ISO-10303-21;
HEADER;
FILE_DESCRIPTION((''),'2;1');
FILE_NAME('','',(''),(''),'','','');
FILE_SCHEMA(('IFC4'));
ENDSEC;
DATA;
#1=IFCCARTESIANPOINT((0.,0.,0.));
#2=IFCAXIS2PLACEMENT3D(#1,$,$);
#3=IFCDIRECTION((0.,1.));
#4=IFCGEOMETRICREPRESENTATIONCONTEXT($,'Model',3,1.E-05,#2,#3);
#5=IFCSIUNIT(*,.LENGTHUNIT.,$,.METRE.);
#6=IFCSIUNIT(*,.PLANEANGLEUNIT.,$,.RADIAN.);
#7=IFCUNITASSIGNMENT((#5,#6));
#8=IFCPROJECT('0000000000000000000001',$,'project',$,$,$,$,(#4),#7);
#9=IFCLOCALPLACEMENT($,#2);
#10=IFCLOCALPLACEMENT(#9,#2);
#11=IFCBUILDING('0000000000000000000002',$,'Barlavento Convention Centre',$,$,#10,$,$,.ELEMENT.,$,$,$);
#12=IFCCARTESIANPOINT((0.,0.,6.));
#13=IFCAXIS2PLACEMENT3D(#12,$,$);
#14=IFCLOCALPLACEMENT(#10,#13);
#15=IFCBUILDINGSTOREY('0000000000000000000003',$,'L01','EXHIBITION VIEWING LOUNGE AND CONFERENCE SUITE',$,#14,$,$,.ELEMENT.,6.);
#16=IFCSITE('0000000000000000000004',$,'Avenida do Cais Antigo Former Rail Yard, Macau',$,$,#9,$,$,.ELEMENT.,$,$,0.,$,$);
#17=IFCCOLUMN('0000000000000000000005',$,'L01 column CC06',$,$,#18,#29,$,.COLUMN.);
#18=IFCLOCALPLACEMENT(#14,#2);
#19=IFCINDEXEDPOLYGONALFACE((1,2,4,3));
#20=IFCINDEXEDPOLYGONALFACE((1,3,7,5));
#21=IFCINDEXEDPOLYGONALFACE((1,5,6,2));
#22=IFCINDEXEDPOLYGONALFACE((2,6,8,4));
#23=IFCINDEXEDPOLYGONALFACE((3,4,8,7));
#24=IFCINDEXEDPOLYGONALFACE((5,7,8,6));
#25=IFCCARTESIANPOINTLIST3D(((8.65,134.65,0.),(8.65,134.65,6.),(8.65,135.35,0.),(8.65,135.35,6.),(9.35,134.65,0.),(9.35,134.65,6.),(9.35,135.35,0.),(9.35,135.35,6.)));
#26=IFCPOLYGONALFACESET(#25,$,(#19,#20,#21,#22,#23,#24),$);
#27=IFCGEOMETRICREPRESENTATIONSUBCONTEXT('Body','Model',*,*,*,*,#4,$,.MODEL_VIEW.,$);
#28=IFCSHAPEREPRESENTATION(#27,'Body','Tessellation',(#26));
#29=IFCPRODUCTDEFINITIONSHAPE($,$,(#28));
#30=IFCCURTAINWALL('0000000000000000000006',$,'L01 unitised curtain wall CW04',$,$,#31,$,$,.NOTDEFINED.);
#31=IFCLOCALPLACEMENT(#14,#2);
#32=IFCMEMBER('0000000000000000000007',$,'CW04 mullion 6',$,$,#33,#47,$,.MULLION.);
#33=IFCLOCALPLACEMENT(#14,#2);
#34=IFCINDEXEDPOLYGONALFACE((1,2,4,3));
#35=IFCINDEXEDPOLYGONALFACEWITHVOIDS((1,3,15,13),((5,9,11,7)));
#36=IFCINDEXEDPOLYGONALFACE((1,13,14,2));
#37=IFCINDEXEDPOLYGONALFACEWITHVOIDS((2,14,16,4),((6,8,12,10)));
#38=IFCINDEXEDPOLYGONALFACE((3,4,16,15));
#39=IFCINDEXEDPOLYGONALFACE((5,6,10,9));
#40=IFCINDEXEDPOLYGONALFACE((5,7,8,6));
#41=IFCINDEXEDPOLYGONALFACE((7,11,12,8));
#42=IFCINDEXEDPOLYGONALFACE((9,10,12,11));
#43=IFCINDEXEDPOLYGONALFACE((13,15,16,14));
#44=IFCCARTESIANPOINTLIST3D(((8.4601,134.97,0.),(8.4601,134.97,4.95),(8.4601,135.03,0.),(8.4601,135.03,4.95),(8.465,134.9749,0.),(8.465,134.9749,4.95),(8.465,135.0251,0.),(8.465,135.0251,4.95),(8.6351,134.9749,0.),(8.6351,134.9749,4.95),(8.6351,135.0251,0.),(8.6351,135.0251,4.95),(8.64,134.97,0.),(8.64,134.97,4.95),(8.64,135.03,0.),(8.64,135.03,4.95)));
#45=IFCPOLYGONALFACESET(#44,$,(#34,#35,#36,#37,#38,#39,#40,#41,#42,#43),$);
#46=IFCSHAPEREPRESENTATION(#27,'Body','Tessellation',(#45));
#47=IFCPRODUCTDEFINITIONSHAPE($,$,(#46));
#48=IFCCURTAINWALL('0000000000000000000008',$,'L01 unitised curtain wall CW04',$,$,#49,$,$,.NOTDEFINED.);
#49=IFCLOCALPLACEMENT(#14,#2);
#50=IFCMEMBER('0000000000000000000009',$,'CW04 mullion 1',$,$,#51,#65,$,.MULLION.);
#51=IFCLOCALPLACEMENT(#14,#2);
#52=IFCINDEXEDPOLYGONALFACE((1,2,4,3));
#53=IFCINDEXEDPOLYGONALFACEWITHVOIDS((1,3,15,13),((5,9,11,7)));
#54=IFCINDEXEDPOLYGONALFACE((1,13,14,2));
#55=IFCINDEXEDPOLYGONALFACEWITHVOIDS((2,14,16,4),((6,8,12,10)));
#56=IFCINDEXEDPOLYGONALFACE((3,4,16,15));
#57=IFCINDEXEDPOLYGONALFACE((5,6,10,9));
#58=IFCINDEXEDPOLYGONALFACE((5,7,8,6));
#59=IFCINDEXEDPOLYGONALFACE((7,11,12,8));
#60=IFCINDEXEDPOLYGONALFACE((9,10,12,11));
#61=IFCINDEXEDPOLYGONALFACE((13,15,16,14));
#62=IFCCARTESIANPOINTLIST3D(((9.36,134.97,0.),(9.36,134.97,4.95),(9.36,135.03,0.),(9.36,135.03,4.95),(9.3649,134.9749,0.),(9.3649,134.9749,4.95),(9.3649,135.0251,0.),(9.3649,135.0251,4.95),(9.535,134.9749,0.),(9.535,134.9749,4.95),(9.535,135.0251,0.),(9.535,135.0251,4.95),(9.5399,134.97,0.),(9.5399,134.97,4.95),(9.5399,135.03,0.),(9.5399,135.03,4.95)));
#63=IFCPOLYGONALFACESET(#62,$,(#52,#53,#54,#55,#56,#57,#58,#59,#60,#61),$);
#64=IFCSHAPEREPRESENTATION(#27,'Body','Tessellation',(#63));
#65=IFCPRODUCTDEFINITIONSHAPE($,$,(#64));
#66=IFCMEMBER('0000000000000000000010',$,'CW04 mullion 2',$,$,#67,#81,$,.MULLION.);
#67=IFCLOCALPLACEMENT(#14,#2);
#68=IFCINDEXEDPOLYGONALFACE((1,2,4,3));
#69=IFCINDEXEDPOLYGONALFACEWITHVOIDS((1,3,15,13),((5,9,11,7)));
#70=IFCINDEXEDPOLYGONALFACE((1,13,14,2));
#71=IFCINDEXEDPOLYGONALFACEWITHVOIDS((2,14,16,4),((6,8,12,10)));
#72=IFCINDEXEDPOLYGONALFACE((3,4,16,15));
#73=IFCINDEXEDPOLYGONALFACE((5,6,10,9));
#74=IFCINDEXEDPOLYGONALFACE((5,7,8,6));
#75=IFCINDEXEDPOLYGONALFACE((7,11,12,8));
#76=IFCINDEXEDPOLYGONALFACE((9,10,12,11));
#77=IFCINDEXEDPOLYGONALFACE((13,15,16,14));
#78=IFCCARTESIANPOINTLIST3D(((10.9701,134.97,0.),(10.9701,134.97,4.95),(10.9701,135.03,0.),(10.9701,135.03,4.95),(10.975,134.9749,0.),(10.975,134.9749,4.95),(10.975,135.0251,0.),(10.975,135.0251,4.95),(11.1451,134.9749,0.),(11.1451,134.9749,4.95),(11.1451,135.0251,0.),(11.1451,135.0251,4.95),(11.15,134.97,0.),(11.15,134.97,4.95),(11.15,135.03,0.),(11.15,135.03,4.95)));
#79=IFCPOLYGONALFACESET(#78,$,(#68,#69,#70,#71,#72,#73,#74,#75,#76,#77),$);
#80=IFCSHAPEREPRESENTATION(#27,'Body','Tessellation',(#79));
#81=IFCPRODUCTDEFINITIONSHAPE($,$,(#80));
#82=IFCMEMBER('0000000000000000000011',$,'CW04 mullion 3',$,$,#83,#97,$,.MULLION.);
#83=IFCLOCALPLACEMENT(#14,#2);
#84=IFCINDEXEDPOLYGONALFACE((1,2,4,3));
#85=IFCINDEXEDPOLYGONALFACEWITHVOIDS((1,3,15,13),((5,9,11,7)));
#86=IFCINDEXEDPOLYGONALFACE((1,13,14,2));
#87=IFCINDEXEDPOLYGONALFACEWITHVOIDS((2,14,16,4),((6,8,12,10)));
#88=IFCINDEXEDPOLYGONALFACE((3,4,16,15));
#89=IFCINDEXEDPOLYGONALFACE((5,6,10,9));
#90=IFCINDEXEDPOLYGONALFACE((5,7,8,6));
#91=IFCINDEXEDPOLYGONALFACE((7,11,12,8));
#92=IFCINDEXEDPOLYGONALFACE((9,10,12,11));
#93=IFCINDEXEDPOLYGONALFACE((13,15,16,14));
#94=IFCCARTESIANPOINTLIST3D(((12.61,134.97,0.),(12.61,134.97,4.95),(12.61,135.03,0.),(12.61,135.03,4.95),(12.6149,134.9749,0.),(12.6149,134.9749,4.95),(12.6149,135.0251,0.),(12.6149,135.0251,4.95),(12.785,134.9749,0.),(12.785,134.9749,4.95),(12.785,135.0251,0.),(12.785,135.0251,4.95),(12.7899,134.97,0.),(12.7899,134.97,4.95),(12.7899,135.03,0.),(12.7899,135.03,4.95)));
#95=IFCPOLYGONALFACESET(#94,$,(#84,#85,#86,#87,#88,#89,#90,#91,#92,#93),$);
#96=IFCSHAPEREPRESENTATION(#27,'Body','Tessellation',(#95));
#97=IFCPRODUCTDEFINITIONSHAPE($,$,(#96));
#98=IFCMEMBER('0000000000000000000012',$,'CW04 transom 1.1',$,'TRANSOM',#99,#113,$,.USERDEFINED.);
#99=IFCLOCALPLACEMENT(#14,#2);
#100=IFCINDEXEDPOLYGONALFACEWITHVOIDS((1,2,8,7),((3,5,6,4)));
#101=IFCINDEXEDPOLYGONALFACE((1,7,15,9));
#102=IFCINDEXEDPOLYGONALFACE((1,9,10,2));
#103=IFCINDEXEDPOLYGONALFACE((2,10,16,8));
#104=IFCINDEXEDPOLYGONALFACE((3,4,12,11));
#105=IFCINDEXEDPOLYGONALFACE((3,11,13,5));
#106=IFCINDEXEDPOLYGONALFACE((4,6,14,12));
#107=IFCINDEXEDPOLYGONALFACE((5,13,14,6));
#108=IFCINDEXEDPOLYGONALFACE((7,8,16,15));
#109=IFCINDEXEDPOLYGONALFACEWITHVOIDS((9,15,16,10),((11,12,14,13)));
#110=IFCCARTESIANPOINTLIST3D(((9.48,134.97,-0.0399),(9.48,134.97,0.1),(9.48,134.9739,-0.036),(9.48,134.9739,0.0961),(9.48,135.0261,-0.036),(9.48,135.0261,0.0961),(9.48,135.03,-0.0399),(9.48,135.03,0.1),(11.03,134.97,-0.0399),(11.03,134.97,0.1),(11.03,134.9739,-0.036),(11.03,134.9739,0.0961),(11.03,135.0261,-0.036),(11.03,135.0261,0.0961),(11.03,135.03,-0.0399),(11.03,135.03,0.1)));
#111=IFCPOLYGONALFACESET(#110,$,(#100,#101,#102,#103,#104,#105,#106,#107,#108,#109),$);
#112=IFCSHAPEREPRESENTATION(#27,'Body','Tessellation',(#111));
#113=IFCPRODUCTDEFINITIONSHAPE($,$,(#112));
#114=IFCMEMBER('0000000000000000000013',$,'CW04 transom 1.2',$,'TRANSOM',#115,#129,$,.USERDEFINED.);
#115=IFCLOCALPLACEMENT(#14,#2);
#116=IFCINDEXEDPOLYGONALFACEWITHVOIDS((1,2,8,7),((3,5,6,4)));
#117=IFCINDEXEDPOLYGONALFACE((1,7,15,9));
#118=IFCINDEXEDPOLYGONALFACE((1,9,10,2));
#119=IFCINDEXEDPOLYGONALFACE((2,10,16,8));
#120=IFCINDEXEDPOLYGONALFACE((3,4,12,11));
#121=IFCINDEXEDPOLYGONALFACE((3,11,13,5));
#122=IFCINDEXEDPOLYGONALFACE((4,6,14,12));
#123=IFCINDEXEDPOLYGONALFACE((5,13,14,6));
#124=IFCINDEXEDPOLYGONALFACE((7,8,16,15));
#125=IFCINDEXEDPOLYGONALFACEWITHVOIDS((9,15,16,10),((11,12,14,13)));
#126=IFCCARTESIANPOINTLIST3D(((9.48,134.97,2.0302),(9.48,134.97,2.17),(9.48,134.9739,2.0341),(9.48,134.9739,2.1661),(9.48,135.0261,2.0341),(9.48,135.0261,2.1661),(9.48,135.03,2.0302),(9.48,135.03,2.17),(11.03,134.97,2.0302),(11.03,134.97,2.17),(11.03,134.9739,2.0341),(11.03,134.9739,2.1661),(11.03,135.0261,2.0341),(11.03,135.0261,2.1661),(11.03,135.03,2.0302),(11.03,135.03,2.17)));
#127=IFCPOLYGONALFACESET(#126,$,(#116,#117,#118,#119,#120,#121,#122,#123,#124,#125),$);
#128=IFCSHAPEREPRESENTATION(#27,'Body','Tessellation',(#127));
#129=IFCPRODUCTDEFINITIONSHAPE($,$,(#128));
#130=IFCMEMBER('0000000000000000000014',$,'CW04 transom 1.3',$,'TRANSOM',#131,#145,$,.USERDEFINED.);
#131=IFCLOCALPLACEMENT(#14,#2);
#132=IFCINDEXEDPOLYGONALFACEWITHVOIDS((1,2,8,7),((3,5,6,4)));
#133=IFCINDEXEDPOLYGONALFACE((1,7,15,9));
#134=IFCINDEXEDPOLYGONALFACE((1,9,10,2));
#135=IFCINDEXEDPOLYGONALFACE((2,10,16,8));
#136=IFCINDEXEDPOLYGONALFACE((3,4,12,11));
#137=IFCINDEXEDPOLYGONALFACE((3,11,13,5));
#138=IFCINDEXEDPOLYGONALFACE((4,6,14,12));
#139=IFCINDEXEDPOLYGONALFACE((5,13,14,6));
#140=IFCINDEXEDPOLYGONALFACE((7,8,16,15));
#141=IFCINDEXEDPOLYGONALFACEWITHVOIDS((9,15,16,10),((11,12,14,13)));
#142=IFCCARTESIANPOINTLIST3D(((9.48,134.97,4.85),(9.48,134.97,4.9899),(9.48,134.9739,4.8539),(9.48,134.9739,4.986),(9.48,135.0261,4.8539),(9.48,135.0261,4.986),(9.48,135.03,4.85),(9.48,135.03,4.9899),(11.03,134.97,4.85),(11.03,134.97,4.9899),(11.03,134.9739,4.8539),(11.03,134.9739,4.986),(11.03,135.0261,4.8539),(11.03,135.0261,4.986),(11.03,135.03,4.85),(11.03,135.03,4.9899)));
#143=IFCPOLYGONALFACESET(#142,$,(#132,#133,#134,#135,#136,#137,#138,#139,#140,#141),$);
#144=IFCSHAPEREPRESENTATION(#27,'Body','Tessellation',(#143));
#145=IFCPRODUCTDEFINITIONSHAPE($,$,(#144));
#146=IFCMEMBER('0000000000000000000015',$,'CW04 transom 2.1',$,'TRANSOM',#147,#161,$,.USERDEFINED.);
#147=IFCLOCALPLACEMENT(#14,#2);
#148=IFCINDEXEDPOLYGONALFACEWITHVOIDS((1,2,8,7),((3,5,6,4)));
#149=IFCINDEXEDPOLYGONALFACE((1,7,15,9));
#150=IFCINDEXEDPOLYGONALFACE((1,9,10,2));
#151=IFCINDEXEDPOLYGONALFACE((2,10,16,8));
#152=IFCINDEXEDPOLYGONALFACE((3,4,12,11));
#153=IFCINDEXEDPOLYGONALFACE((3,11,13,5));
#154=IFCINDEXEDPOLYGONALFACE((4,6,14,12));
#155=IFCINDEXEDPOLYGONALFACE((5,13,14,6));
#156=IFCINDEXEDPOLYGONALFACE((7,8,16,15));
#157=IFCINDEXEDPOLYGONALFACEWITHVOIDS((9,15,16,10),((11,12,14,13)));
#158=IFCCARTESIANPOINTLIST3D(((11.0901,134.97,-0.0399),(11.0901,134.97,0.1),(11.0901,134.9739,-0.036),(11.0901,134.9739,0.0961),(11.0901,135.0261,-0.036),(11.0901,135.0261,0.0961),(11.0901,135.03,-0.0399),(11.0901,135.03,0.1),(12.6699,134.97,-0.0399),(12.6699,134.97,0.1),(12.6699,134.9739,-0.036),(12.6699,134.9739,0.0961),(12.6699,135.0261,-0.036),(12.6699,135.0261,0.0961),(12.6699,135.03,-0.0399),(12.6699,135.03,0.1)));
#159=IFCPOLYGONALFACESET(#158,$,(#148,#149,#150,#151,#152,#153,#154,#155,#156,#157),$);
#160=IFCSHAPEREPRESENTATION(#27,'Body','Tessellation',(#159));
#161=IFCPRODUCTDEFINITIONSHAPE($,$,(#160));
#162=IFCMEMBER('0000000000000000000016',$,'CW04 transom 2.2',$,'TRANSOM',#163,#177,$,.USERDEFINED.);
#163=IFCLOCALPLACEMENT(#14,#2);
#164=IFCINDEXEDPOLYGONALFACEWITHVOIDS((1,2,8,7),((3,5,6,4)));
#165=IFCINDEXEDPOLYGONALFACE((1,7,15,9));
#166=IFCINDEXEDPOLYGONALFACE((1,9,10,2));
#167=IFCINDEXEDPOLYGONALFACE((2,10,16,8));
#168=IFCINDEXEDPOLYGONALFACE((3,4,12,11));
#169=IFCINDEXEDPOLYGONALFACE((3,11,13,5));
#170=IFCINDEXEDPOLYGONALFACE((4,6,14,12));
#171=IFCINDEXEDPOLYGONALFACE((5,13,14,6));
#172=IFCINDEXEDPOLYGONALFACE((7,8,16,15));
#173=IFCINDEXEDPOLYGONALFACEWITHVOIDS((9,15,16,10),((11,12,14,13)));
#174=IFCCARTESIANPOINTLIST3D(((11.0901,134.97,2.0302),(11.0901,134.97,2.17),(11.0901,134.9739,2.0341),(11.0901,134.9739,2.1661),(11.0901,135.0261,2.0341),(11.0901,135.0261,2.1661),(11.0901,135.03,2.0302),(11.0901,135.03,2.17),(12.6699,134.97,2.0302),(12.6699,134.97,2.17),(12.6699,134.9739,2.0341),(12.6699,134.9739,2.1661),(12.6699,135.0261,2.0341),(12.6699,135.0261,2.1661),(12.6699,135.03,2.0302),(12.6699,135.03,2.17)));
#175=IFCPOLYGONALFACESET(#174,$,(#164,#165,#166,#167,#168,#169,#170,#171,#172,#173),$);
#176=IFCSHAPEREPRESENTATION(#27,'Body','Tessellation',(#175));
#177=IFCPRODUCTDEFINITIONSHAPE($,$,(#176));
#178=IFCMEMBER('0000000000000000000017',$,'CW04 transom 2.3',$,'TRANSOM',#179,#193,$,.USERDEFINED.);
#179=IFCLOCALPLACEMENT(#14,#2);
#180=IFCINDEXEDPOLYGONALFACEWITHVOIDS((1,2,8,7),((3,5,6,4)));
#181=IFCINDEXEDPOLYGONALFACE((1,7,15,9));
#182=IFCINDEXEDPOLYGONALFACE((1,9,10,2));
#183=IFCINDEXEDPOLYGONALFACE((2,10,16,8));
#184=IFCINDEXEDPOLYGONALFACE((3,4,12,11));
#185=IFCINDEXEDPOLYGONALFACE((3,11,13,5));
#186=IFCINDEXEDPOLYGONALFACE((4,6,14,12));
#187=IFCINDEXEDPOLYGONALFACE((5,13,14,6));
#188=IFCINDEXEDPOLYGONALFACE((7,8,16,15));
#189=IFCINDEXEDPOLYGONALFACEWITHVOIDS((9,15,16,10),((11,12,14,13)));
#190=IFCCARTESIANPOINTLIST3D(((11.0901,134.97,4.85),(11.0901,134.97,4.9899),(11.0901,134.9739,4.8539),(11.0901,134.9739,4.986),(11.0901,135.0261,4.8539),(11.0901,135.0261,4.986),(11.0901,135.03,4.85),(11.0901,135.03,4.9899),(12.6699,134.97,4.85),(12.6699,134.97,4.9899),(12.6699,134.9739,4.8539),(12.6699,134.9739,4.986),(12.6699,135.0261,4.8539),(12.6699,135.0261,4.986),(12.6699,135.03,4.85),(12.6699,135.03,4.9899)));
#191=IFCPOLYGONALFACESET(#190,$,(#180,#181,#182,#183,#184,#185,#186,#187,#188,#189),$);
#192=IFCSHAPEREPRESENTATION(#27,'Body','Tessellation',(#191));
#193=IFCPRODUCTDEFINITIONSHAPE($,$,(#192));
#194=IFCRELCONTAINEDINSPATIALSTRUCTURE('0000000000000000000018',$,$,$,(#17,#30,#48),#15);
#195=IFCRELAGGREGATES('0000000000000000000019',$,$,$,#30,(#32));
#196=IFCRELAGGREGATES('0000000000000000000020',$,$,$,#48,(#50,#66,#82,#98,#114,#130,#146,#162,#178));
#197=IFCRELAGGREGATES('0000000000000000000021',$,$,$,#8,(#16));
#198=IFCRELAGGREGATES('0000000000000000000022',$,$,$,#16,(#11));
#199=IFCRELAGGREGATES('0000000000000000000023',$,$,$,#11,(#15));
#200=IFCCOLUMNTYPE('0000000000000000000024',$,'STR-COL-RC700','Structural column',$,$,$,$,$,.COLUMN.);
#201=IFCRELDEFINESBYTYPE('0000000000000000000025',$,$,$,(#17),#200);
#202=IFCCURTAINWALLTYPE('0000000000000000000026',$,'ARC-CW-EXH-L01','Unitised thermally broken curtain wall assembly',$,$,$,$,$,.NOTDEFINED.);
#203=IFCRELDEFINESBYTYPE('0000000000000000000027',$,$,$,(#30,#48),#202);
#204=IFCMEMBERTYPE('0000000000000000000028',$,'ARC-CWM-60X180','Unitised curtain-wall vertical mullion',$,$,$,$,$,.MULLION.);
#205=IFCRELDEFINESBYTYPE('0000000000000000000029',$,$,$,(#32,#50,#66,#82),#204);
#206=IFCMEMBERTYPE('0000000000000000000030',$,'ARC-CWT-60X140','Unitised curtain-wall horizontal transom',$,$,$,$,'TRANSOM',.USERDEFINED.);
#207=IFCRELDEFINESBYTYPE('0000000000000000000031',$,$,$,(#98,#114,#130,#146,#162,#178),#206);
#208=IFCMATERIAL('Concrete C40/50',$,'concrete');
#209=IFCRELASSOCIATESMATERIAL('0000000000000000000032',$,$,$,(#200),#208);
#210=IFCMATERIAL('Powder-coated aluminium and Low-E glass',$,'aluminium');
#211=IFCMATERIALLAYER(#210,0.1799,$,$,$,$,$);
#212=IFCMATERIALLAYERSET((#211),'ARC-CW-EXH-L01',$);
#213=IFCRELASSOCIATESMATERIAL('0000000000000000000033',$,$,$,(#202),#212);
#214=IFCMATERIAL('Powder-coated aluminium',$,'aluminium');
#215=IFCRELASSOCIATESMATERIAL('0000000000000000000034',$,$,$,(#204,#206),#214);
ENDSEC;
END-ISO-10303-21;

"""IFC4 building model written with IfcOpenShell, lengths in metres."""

from ifc_helpers import new_model, si_unit, direction, frame, origin, origin_2d, place, context, subcontext, project, spatial, rectangle, hollow_rectangle, extrude, material, layer, layer_set, material_profile, profile_set, type_object, element, aggregate, save


model = new_model("IFC4")

# Units and contexts
model_context = context("Model", 3, precision=1e-05, world=origin(), true_north=direction((0.0, 1.0)))
body_context = subcontext(model_context, "Body", "Model", "MODEL_VIEW")
ifc_project = project(units=[si_unit("LENGTHUNIT", "METRE"), si_unit("PLANEANGLEUNIT", "RADIAN")], contexts=[model_context])

# Site, building, storey
site_placement = place(None, origin())
site = spatial("IfcSite", under=ifc_project, at=site_placement, Name="Avenida do Cais Antigo Former Rail Yard, Macau", CompositionType="ELEMENT", RefElevation=0.0)
building_placement = place(site_placement, origin())
building = spatial("IfcBuilding", under=site, at=building_placement, Name="Barlavento Convention Centre", CompositionType="ELEMENT")
storey_placement = place(building_placement, frame((0.0, 0.0, 6.0)))
storey = spatial("IfcBuildingStorey", under=building, at=storey_placement, Name="L01", Description="EXHIBITION VIEWING LOUNGE AND CONFERENCE SUITE", CompositionType="ELEMENT", Elevation=6.0)

# Column
ifc_material_1 = material(Name="Concrete C40/50", Category="concrete")
ifc_material_profile_1 = material_profile(ifc_material_1, rectangle(XDim=0.7, YDim=0.7, at=origin_2d()), Name="RC 700x700")
ifc_profile_set_1 = profile_set([ifc_material_profile_1], Name="Concrete C40/50")
column_type = type_object("IfcColumnType", Name="STR-COL-RC700", Description="Structural column", PredefinedType="COLUMN", material=ifc_profile_set_1)
column_placement = place(storey_placement, frame((9.0, 135.0, 0.0), z_axis=(0.0, 0.0, 1.0), x_axis=(1.0, 0.0, 0.0)))
element("IfcColumn", 1, at=column_placement, inside=storey, type_object=column_type, Name="L01 column CC06", PredefinedType="COLUMN", context=body_context, shape_type="SweptSolid", body=[
    extrude(rectangle(XDim=0.7, YDim=0.7, at=origin_2d()), origin(), (0.0, 0.0, 1.0), 6.0),
])

# Curtain wall, member
ifc_material_2 = material(Name="Powder-coated aluminium and Low-E glass", Category="aluminium")
ifc_layer_1 = layer(ifc_material_2, 0.1799)
ifc_layer_set_1 = layer_set([ifc_layer_1], Name="ARC-CW-EXH-L01")
curtain_wall_type = type_object("IfcCurtainWallType", Name="ARC-CW-EXH-L01", Description="Unitised thermally broken curtain wall assembly", PredefinedType="NOTDEFINED", material=ifc_layer_set_1)
curtain_wall_1_placement = place(storey_placement, origin())
curtain_wall_1 = element("IfcCurtainWall", 2, at=curtain_wall_1_placement, inside=storey, type_object=curtain_wall_type, Name="L01 unitised curtain wall CW04", PredefinedType="NOTDEFINED")
ifc_material_3 = material(Name="Powder-coated aluminium", Category="aluminium")
ifc_material_profile_2 = material_profile(ifc_material_3, hollow_rectangle(XDim=0.0601, YDim=0.1799, WallThickness=0.0049, at=origin_2d()), Name="AL-MULL 60x180x5")
ifc_profile_set_2 = profile_set([ifc_material_profile_2], Name="Powder-coated aluminium")
member_type_1 = type_object("IfcMemberType", Name="ARC-CWM-60X180", Description="Unitised curtain-wall vertical mullion", PredefinedType="MULLION", material=ifc_profile_set_2)
member_1_placement = place(storey_placement, frame((8.55, 135.0, 0.0), z_axis=(0.0, 0.0, 1.0), x_axis=(0.0, 1.0, 0.0)))
member_1 = element("IfcMember", 3, at=member_1_placement, type_object=member_type_1, Name="CW04 mullion 6", PredefinedType="MULLION", context=body_context, shape_type="SweptSolid", body=[
    extrude(hollow_rectangle(XDim=0.0601, YDim=0.1799, WallThickness=0.0049, at=origin_2d()), origin(), (0.0, 0.0, 1.0), 4.95),
])
aggregate(curtain_wall_1, [member_1])

# Curtain wall, members
curtain_wall_2_placement = place(storey_placement, origin())
curtain_wall_2 = element("IfcCurtainWall", 4, at=curtain_wall_2_placement, inside=storey, type_object=curtain_wall_type, Name="L01 unitised curtain wall CW04", PredefinedType="NOTDEFINED")
member_2_placement = place(storey_placement, frame((9.45, 135.0, 0.0), z_axis=(0.0, 0.0, 1.0), x_axis=(0.0, 1.0, 0.0)))
member_2 = element("IfcMember", 5, at=member_2_placement, type_object=member_type_1, Name="CW04 mullion 1", PredefinedType="MULLION", context=body_context, shape_type="SweptSolid", body=[
    extrude(hollow_rectangle(XDim=0.0601, YDim=0.1799, WallThickness=0.0049, at=origin_2d()), origin(), (0.0, 0.0, 1.0), 4.95),
])
member_3_placement = place(storey_placement, frame((11.0601, 135.0, 0.0), z_axis=(0.0, 0.0, 1.0), x_axis=(0.0, 1.0, 0.0)))
member_3 = element("IfcMember", 6, at=member_3_placement, type_object=member_type_1, Name="CW04 mullion 2", PredefinedType="MULLION", context=body_context, shape_type="SweptSolid", body=[
    extrude(hollow_rectangle(XDim=0.0601, YDim=0.1799, WallThickness=0.0049, at=origin_2d()), origin(), (0.0, 0.0, 1.0), 4.95),
])
member_4_placement = place(storey_placement, frame((12.7, 135.0, 0.0), z_axis=(0.0, 0.0, 1.0), x_axis=(0.0, 1.0, 0.0)))
member_4 = element("IfcMember", 7, at=member_4_placement, type_object=member_type_1, Name="CW04 mullion 3", PredefinedType="MULLION", context=body_context, shape_type="SweptSolid", body=[
    extrude(hollow_rectangle(XDim=0.0601, YDim=0.1799, WallThickness=0.0049, at=origin_2d()), origin(), (0.0, 0.0, 1.0), 4.95),
])
ifc_material_profile_3 = material_profile(ifc_material_3, hollow_rectangle(XDim=0.0601, YDim=0.1399, WallThickness=0.0039, at=origin_2d()), Name="AL-TRAN 60x140x4")
ifc_profile_set_3 = profile_set([ifc_material_profile_3], Name="Powder-coated aluminium")
member_type_2 = type_object("IfcMemberType", Name="ARC-CWT-60X140", Description="Unitised curtain-wall horizontal transom", ElementType="TRANSOM", PredefinedType="USERDEFINED", material=ifc_profile_set_3)
member_5_placement = place(storey_placement, frame((9.48, 135.0, 0.03), z_axis=(1.0, 0.0, 0.0), x_axis=(0.0, 1.0, 0.0)))
member_5 = element("IfcMember", 8, at=member_5_placement, type_object=member_type_2, Name="CW04 transom 1.1", ObjectType="TRANSOM", PredefinedType="USERDEFINED", context=body_context, shape_type="SweptSolid", body=[
    extrude(hollow_rectangle(XDim=0.0601, YDim=0.1399, WallThickness=0.0039, at=origin_2d()), origin(), (0.0, 0.0, 1.0), 1.55),
])
member_6_placement = place(storey_placement, frame((9.48, 135.0, 2.1001), z_axis=(1.0, 0.0, 0.0), x_axis=(0.0, 1.0, 0.0)))
member_6 = element("IfcMember", 9, at=member_6_placement, type_object=member_type_2, Name="CW04 transom 1.2", ObjectType="TRANSOM", PredefinedType="USERDEFINED", context=body_context, shape_type="SweptSolid", body=[
    extrude(hollow_rectangle(XDim=0.0601, YDim=0.1399, WallThickness=0.0039, at=origin_2d()), origin(), (0.0, 0.0, 1.0), 1.55),
])
member_7_placement = place(storey_placement, frame((9.48, 135.0, 4.9199), z_axis=(1.0, 0.0, 0.0), x_axis=(0.0, 1.0, 0.0)))
member_7 = element("IfcMember", 10, at=member_7_placement, type_object=member_type_2, Name="CW04 transom 1.3", ObjectType="TRANSOM", PredefinedType="USERDEFINED", context=body_context, shape_type="SweptSolid", body=[
    extrude(hollow_rectangle(XDim=0.0601, YDim=0.1399, WallThickness=0.0039, at=origin_2d()), origin(), (0.0, 0.0, 1.0), 1.55),
])
member_8_placement = place(storey_placement, frame((11.0901, 135.0, 0.03), z_axis=(1.0, 0.0, 0.0), x_axis=(0.0, 1.0, 0.0)))
member_8 = element("IfcMember", 11, at=member_8_placement, type_object=member_type_2, Name="CW04 transom 2.1", ObjectType="TRANSOM", PredefinedType="USERDEFINED", context=body_context, shape_type="SweptSolid", body=[
    extrude(hollow_rectangle(XDim=0.0601, YDim=0.1399, WallThickness=0.0039, at=origin_2d()), origin(), (0.0, 0.0, 1.0), 1.5798),
])
member_9_placement = place(storey_placement, frame((11.0901, 135.0, 2.1001), z_axis=(1.0, 0.0, 0.0), x_axis=(0.0, 1.0, 0.0)))
member_9 = element("IfcMember", 12, at=member_9_placement, type_object=member_type_2, Name="CW04 transom 2.2", ObjectType="TRANSOM", PredefinedType="USERDEFINED", context=body_context, shape_type="SweptSolid", body=[
    extrude(hollow_rectangle(XDim=0.0601, YDim=0.1399, WallThickness=0.0039, at=origin_2d()), origin(), (0.0, 0.0, 1.0), 1.5798),
])
member_10_placement = place(storey_placement, frame((11.0901, 135.0, 4.9199), z_axis=(1.0, 0.0, 0.0), x_axis=(0.0, 1.0, 0.0)))
member_10 = element("IfcMember", 13, at=member_10_placement, type_object=member_type_2, Name="CW04 transom 2.3", ObjectType="TRANSOM", PredefinedType="USERDEFINED", context=body_context, shape_type="SweptSolid", body=[
    extrude(hollow_rectangle(XDim=0.0601, YDim=0.1399, WallThickness=0.0039, at=origin_2d()), origin(), (0.0, 0.0, 1.0), 1.5798),
])

aggregate(curtain_wall_2, [member_2, member_3, member_4, member_5, member_6, member_7, member_8, member_9, member_10])

save(model, "model.ifc")
